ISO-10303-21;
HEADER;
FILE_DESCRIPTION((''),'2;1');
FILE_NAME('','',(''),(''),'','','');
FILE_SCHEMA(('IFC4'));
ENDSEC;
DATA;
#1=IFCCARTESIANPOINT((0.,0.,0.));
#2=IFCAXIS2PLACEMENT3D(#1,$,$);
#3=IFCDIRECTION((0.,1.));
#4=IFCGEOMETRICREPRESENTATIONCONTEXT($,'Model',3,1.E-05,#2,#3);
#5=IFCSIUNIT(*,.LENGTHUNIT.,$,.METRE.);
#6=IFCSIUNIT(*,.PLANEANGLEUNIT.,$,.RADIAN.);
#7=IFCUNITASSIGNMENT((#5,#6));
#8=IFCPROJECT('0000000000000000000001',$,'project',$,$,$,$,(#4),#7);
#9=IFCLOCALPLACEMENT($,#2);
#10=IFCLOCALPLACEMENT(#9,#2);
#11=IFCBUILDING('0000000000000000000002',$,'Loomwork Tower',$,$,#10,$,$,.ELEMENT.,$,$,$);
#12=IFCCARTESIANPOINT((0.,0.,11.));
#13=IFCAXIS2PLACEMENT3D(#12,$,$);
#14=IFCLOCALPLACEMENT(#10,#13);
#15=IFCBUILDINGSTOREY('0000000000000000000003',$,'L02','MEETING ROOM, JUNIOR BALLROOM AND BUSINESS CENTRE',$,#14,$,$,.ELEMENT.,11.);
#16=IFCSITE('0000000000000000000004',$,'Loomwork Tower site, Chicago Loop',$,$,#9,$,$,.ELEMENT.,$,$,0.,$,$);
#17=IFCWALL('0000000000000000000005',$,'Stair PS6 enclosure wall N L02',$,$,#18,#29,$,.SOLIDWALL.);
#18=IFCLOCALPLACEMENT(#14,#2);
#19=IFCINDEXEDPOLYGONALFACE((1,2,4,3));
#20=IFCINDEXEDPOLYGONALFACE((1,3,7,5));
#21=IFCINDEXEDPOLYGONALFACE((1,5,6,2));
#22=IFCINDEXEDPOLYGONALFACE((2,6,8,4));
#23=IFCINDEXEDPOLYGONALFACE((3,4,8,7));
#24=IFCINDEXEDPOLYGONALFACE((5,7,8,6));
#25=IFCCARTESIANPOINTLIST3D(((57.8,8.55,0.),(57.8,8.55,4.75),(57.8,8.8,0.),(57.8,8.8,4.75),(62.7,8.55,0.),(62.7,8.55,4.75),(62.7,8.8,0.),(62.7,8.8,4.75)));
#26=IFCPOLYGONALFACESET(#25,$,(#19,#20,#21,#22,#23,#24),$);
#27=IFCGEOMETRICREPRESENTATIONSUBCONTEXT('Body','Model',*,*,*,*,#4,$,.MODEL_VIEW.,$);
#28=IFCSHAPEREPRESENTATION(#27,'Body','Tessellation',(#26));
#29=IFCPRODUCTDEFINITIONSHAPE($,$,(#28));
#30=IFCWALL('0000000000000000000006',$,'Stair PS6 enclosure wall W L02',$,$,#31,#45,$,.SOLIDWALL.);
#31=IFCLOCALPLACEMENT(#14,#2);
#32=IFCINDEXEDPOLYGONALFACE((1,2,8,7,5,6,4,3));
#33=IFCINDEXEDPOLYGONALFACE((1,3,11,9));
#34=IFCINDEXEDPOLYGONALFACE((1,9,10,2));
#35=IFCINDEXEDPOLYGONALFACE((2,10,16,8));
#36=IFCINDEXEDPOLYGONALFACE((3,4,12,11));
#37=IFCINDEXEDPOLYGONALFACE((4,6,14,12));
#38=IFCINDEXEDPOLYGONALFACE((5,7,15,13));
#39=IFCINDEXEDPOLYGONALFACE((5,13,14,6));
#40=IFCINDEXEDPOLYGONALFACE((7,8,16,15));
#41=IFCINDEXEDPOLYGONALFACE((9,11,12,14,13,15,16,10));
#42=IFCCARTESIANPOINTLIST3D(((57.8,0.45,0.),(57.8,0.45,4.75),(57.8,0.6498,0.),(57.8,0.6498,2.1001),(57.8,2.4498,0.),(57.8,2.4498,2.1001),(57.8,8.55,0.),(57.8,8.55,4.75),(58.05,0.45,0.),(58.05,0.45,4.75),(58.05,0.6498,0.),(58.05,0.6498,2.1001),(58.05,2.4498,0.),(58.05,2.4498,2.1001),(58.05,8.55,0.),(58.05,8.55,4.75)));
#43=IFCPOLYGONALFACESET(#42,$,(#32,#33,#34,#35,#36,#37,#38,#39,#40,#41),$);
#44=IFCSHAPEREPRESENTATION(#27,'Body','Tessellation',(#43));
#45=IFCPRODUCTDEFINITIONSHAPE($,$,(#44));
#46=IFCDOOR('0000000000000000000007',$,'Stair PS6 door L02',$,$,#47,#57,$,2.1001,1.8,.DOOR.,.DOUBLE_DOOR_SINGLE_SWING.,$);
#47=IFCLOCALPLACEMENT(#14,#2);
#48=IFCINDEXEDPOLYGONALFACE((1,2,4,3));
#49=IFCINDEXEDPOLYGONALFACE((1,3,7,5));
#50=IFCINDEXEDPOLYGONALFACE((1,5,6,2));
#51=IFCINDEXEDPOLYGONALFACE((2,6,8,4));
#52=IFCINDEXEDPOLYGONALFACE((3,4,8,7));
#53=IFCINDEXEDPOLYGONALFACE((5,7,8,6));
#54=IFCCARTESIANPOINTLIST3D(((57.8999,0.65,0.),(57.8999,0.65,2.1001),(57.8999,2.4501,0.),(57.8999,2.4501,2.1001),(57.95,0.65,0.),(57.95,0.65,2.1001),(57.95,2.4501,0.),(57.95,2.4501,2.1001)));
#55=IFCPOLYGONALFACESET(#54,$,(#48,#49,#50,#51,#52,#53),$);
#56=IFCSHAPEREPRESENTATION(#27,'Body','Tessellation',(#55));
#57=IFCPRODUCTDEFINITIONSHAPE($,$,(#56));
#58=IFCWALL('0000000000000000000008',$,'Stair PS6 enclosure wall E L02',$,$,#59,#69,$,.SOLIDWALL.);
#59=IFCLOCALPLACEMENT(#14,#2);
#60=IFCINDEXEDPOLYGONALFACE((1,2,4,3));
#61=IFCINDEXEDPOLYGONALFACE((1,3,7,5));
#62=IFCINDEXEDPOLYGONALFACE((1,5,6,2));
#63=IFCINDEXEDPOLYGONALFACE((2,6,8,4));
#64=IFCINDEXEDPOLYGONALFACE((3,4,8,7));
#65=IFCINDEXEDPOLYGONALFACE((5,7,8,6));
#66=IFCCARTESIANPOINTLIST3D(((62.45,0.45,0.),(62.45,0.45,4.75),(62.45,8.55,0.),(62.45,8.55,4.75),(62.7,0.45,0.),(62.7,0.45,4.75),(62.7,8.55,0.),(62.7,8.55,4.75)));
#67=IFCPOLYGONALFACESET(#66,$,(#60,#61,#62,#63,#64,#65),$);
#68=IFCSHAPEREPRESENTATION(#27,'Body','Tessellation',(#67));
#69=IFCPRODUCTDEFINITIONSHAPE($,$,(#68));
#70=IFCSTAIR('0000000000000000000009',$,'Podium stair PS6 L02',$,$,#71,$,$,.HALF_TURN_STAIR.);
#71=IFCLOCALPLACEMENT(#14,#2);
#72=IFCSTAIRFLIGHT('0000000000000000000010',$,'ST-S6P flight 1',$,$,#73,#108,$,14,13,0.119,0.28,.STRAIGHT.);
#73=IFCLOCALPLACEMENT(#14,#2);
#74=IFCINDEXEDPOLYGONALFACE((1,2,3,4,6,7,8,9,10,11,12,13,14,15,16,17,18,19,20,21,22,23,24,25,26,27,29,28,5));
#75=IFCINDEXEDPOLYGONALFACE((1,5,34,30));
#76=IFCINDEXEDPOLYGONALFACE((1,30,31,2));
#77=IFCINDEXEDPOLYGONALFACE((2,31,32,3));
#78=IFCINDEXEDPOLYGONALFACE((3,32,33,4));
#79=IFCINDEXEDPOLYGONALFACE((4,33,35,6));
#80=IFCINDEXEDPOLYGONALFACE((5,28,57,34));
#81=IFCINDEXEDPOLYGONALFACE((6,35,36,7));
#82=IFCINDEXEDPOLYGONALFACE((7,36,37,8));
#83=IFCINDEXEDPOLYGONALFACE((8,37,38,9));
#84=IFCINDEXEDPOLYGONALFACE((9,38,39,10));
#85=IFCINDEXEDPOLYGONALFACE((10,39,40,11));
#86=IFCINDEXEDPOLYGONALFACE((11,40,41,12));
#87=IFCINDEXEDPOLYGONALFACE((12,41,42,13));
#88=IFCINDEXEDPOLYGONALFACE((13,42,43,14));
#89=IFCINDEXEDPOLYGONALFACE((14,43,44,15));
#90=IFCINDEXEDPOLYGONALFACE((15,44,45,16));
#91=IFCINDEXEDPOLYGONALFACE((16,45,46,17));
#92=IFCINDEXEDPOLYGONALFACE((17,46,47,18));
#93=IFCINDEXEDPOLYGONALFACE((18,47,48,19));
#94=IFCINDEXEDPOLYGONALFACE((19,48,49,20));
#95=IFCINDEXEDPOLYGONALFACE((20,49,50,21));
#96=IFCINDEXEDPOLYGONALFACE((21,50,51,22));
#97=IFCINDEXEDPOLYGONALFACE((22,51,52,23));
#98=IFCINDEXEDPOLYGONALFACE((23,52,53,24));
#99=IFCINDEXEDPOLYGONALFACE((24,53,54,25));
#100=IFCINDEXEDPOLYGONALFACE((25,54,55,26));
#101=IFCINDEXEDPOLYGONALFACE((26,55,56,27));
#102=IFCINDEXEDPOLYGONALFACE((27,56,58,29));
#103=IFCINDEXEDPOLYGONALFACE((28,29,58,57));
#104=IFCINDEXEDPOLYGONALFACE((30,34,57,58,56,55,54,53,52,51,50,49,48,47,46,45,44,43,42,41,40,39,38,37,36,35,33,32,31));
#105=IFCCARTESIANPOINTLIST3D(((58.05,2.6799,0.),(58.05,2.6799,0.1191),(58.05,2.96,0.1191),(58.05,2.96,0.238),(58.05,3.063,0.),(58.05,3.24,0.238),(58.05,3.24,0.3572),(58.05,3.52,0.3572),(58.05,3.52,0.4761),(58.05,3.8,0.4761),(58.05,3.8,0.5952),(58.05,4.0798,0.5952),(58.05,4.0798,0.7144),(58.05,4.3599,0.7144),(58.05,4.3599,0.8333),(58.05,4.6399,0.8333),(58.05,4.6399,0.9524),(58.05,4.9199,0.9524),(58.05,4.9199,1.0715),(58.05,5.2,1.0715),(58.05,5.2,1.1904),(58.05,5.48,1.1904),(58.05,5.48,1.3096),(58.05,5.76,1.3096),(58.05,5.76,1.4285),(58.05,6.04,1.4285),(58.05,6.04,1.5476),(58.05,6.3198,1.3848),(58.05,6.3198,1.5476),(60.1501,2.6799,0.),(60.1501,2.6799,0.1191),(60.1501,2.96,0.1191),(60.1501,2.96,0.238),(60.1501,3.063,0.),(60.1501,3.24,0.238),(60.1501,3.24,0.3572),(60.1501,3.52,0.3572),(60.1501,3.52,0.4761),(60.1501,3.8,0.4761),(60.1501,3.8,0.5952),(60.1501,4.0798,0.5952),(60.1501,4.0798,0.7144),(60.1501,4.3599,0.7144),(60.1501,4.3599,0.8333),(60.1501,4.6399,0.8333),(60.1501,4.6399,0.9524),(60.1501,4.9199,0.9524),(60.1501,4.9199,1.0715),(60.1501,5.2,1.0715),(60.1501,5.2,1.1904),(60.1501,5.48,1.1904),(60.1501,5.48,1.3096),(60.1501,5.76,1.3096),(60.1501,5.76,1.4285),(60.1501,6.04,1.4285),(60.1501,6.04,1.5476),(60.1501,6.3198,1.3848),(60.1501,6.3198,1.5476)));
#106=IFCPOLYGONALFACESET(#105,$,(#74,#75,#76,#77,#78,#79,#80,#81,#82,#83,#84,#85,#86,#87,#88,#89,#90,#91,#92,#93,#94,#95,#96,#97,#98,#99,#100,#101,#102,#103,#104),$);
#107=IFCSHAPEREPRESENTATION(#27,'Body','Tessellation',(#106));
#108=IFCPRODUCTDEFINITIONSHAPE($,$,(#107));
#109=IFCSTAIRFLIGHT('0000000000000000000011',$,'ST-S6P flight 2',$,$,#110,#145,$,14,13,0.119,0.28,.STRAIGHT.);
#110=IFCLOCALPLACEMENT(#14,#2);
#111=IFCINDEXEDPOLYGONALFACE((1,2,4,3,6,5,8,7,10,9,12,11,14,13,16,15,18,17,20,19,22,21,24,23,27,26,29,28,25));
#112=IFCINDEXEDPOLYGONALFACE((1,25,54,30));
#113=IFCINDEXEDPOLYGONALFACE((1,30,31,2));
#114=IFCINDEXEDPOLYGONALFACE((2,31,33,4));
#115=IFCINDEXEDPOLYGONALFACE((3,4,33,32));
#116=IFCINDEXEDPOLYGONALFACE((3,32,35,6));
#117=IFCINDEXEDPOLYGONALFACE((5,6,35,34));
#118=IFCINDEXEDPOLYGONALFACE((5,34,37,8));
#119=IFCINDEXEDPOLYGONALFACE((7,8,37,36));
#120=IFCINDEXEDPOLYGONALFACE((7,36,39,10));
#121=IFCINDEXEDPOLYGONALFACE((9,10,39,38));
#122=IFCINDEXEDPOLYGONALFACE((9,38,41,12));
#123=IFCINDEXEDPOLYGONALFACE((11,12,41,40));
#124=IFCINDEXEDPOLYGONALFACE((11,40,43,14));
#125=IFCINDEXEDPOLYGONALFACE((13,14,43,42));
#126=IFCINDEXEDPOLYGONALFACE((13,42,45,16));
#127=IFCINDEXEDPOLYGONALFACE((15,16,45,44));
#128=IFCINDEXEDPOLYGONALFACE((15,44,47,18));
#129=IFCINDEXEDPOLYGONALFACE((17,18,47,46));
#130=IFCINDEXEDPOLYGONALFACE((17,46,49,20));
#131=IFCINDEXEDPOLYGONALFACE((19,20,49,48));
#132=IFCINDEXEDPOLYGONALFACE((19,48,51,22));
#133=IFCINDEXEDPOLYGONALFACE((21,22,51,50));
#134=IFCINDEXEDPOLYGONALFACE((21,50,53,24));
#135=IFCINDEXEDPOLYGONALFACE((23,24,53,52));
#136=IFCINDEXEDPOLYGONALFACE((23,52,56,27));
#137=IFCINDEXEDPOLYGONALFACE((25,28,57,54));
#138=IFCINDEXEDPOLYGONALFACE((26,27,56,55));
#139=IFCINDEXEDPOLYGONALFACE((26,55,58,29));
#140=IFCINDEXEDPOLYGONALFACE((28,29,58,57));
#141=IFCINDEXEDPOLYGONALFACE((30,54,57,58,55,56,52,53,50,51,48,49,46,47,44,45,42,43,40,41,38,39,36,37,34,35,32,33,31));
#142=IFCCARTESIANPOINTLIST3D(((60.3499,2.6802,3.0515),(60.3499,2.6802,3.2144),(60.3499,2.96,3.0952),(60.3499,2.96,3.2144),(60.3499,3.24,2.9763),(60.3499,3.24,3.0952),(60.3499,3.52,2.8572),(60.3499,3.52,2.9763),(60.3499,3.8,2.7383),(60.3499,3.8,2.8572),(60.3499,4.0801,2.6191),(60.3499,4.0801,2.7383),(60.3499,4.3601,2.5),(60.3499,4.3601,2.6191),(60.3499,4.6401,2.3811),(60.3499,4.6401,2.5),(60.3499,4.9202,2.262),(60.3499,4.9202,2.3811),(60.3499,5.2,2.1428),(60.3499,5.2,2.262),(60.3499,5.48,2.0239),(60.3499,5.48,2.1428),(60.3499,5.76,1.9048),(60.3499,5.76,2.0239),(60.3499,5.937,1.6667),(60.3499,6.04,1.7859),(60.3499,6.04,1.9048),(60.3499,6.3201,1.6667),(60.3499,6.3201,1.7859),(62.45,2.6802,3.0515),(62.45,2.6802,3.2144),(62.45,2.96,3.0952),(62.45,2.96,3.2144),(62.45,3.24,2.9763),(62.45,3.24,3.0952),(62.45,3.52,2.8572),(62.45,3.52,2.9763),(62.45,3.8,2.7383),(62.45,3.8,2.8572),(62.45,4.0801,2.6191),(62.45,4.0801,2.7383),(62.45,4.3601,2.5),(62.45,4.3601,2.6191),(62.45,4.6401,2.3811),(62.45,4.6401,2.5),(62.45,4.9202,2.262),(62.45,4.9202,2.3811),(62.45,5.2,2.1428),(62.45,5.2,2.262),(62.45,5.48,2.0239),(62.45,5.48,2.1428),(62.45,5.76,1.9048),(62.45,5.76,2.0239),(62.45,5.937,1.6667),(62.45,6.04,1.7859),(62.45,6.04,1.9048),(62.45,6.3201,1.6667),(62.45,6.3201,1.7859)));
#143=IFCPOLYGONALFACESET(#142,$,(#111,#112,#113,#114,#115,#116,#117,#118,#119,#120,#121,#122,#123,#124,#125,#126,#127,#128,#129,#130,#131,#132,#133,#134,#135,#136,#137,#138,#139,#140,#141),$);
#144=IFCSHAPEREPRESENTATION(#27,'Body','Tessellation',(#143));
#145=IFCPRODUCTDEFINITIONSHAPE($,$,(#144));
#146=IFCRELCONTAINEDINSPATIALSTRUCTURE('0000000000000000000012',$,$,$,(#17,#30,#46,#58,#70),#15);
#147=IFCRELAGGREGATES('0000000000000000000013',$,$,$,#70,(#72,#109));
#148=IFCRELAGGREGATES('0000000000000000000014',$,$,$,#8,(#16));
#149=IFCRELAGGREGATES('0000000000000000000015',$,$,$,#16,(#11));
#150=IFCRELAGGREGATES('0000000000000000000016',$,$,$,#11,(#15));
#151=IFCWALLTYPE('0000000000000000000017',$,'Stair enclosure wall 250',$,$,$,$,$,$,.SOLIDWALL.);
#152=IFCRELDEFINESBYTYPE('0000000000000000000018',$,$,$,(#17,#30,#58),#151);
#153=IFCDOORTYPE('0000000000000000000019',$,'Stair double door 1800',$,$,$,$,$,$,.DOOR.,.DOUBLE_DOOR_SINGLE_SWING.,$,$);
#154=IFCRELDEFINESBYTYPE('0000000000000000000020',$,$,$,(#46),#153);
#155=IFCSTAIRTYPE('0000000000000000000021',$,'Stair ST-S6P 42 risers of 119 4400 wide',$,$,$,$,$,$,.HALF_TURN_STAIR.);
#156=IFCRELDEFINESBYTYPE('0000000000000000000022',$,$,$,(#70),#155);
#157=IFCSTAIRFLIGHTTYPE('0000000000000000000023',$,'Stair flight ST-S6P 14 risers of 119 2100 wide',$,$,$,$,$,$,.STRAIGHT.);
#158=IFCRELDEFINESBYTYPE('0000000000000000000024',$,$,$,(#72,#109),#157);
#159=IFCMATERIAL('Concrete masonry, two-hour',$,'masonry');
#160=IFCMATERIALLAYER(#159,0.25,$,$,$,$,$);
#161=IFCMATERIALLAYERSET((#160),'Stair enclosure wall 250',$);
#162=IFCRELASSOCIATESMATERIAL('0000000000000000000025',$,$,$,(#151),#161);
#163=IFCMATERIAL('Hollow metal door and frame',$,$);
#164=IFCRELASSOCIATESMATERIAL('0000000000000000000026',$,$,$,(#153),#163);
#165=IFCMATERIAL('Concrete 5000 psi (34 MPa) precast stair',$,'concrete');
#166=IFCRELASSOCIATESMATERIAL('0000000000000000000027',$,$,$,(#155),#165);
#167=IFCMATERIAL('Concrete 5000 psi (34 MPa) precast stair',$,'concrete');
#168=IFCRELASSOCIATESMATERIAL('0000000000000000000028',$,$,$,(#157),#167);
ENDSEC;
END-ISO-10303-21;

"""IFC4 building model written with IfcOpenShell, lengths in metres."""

from ifc_helpers import new_model, si_unit, direction, frame, frame_2d, origin, place, context, subcontext, project, spatial, polyline, rectangle, outline, extrude, material, layer, layer_set, type_object, element, fill, aggregate, save


model = new_model("IFC4")

# Units and contexts
model_context = context("Model", 3, precision=1e-05, world=origin(), true_north=direction((0.0, 1.0)))
body_context = subcontext(model_context, "Body", "Model", "MODEL_VIEW")
ifc_project = project(units=[si_unit("LENGTHUNIT", "METRE"), si_unit("PLANEANGLEUNIT", "RADIAN")], contexts=[model_context])

# Site, building, storey
site_placement = place(None, origin())
site = spatial("IfcSite", under=ifc_project, at=site_placement, Name="Loomwork Tower site, Chicago Loop", CompositionType="ELEMENT", RefElevation=0.0)
building_placement = place(site_placement, origin())
building = spatial("IfcBuilding", under=site, at=building_placement, Name="Loomwork Tower", CompositionType="ELEMENT")
storey_placement = place(building_placement, frame((0.0, 0.0, 11.0)))
storey = spatial("IfcBuildingStorey", under=building, at=storey_placement, Name="L02", Description="MEETING ROOM, JUNIOR BALLROOM AND BUSINESS CENTRE", CompositionType="ELEMENT", Elevation=11.0)

# Wall
ifc_material_1 = material(Name="Concrete masonry, two-hour", Category="masonry")
ifc_layer_1 = layer(ifc_material_1, 0.25)
ifc_layer_set_1 = layer_set([ifc_layer_1], Name="Stair enclosure wall 250")
wall_type_1 = type_object("IfcWallType", Name="Stair enclosure wall 250", PredefinedType="SOLIDWALL", material=ifc_layer_set_1)
for number, where, z_axis, x_axis, name in (
    (1, (57.8, 8.675, 0.0), (0.0, 0.0, 1.0), (1.0, 0.0, 0.0), "Stair PS6 enclosure wall N L02"),
):
    element("IfcWall", number, at=place(storey_placement, frame(where, z_axis=z_axis, x_axis=x_axis)), inside=storey, type_object=wall_type_1, Name=name, PredefinedType="SOLIDWALL", context=body_context, shape_type="SweptSolid", body=[
        extrude(rectangle(XDim=4.8999, YDim=0.25, at=frame_2d((2.45, 0.0))), origin(), (0.0, 0.0, 1.0), 4.75),
    ])

# Wall, opening, door
wall_1_placement = place(storey_placement, frame((57.925, 0.45, 0.0), z_axis=(0.0, 0.0, 1.0), x_axis=(0.0, 1.0, 0.0)))
wall_1 = element("IfcWall", 2, at=wall_1_placement, inside=storey, type_object=wall_type_1, Name="Stair PS6 enclosure wall W L02", PredefinedType="SOLIDWALL", context=body_context, shape_type="SweptSolid", body=[
    extrude(rectangle(XDim=8.1001, YDim=0.25, at=frame_2d((4.05, 0.0))), origin(), (0.0, 0.0, 1.0), 4.75),
])
opening_placement = place(wall_1_placement, frame((0.2, 0.0, 0.0)))
opening = element("IfcOpeningElement", 3, at=opening_placement, cuts=wall_1, PredefinedType="OPENING", context=body_context, shape_type="SweptSolid", body=[
    extrude(rectangle(XDim=1.8, YDim=2.1001, at=frame_2d((0.8999, 1.05))), frame((0.0, 0.135, 0.0), z_axis=(0.0, -1.0, 0.0), x_axis=(1.0, 0.0, 0.0)), (0.0, 0.0, 1.0), 0.27),
])
ifc_material_2 = material(Name="Hollow metal door and frame")
door_type = type_object("IfcDoorType", Name="Stair double door 1800", OperationType="DOUBLE_DOOR_SINGLE_SWING", PredefinedType="DOOR", material=ifc_material_2)
door_placement = place(opening_placement, frame((1.8, 0.0, 0.0), z_axis=(0.0, 0.0, 1.0), x_axis=(-1.0, 0.0, 0.0)))
door = element("IfcDoor", 4, at=door_placement, inside=storey, type_object=door_type, Name="Stair PS6 door L02", OperationType="DOUBLE_DOOR_SINGLE_SWING", OverallHeight=2.1001, OverallWidth=1.8, PredefinedType="DOOR", context=body_context, shape_type="SweptSolid", body=[
    extrude(rectangle(XDim=1.8, YDim=2.1001, at=frame_2d((0.8999, 1.05))), frame((0.0, 0.0249, 0.0), z_axis=(0.0, -1.0, 0.0), x_axis=(1.0, 0.0, 0.0)), (0.0, 0.0, 1.0), 0.05),
])
fill(opening, door)

# Wall
wall_2_placement = place(storey_placement, frame((62.575, 0.45, 0.0), z_axis=(0.0, 0.0, 1.0), x_axis=(0.0, 1.0, 0.0)))
element("IfcWall", 5, at=wall_2_placement, inside=storey, type_object=wall_type_1, Name="Stair PS6 enclosure wall E L02", PredefinedType="SOLIDWALL", context=body_context, shape_type="SweptSolid", body=[
    extrude(rectangle(XDim=8.1001, YDim=0.25, at=frame_2d((4.05, 0.0))), origin(), (0.0, 0.0, 1.0), 4.75),
])

# Stair, stair flights
ifc_material_3 = material(Name="Concrete 5000 psi (34 MPa) precast stair", Category="concrete")
stair_type = type_object("IfcStairType", Name="Stair ST-S6P 42 risers of 119 4400 wide", PredefinedType="HALF_TURN_STAIR", material=ifc_material_3)
stair_placement = place(storey_placement, origin())
stair = element("IfcStair", 6, at=stair_placement, inside=storey, type_object=stair_type, Name="Podium stair PS6 L02", PredefinedType="HALF_TURN_STAIR")
ifc_material_4 = material(Name="Concrete 5000 psi (34 MPa) precast stair", Category="concrete")
stair_flight_type = type_object("IfcStairFlightType", Name="Stair flight ST-S6P 14 risers of 119 2100 wide", PredefinedType="STRAIGHT", material=ifc_material_4)
stair_flight_1_placement = place(storey_placement, frame((59.1001, 2.6799, 0.0), z_axis=(0.0, 0.0, 1.0), x_axis=(0.0, 1.0, 0.0)))
stair_flight_1 = element("IfcStairFlight", 7, at=stair_flight_1_placement, type_object=stair_flight_type, Name="ST-S6P flight 1", NumberOfRisers=14, NumberOfTreads=13, PredefinedType="STRAIGHT", RiserHeight=0.119, TreadLength=0.28, context=body_context, shape_type="SweptSolid", body=[
    extrude(outline(polyline([(0.0, 0.0), (0.0, 0.1191), (0.28, 0.1191), (0.28, 0.238), (0.5601, 0.238), (0.5601, 0.3572), (0.8401, 0.3572), (0.8401, 0.4761), (1.1201, 0.4761), (1.1201, 0.5952), (1.3999, 0.5952), (1.3999, 0.7144), (1.6799, 0.7144), (1.6799, 0.8333), (1.96, 0.8333), (1.96, 0.9524), (2.24, 0.9524), (2.24, 1.0715), (2.52, 1.0715), (2.52, 1.1904), (2.8, 1.1904), (2.8, 1.3096), (3.0801, 1.3096), (3.0801, 1.4285), (3.3601, 1.4285), (3.3601, 1.5476), (3.6399, 1.5476), (3.6399, 1.6667), (3.6399, 1.3848), (0.3831, 0.0), (0.0, 0.0)])), frame((0.0, 1.05, 0.0), z_axis=(0.0, -1.0, 0.0), x_axis=(1.0, 0.0, 0.0)), (0.0, 0.0, 1.0), 2.1001),
])
stair_flight_2_placement = place(storey_placement, frame((61.3999, 6.3201, 1.6667), z_axis=(0.0, 0.0, 1.0), x_axis=(0.0, -1.0, 0.0)))
stair_flight_2 = element("IfcStairFlight", 8, at=stair_flight_2_placement, type_object=stair_flight_type, Name="ST-S6P flight 2", NumberOfRisers=14, NumberOfTreads=13, PredefinedType="STRAIGHT", RiserHeight=0.119, TreadLength=0.28, context=body_context, shape_type="SweptSolid", body=[
    extrude(outline(polyline([(0.0, 0.0), (0.0, 0.1191), (0.28, 0.1191), (0.28, 0.238), (0.5601, 0.238), (0.5601, 0.3572), (0.8401, 0.3572), (0.8401, 0.4761), (1.1201, 0.4761), (1.1201, 0.5952), (1.3999, 0.5952), (1.3999, 0.7144), (1.6799, 0.7144), (1.6799, 0.8333), (1.96, 0.8333), (1.96, 0.9524), (2.24, 0.9524), (2.24, 1.0715), (2.52, 1.0715), (2.52, 1.1904), (2.8, 1.1904), (2.8, 1.3096), (3.0801, 1.3096), (3.0801, 1.4285), (3.3601, 1.4285), (3.3601, 1.5476), (3.6399, 1.5476), (3.6399, 1.6667), (3.6399, 1.3848), (0.3831, 0.0), (0.0, 0.0)])), frame((0.0, 1.05, 0.0), z_axis=(0.0, -1.0, 0.0), x_axis=(1.0, 0.0, 0.0)), (0.0, 0.0, 1.0), 2.1001),
])
aggregate(stair, [stair_flight_1, stair_flight_2])

save(model, "model.ifc")
